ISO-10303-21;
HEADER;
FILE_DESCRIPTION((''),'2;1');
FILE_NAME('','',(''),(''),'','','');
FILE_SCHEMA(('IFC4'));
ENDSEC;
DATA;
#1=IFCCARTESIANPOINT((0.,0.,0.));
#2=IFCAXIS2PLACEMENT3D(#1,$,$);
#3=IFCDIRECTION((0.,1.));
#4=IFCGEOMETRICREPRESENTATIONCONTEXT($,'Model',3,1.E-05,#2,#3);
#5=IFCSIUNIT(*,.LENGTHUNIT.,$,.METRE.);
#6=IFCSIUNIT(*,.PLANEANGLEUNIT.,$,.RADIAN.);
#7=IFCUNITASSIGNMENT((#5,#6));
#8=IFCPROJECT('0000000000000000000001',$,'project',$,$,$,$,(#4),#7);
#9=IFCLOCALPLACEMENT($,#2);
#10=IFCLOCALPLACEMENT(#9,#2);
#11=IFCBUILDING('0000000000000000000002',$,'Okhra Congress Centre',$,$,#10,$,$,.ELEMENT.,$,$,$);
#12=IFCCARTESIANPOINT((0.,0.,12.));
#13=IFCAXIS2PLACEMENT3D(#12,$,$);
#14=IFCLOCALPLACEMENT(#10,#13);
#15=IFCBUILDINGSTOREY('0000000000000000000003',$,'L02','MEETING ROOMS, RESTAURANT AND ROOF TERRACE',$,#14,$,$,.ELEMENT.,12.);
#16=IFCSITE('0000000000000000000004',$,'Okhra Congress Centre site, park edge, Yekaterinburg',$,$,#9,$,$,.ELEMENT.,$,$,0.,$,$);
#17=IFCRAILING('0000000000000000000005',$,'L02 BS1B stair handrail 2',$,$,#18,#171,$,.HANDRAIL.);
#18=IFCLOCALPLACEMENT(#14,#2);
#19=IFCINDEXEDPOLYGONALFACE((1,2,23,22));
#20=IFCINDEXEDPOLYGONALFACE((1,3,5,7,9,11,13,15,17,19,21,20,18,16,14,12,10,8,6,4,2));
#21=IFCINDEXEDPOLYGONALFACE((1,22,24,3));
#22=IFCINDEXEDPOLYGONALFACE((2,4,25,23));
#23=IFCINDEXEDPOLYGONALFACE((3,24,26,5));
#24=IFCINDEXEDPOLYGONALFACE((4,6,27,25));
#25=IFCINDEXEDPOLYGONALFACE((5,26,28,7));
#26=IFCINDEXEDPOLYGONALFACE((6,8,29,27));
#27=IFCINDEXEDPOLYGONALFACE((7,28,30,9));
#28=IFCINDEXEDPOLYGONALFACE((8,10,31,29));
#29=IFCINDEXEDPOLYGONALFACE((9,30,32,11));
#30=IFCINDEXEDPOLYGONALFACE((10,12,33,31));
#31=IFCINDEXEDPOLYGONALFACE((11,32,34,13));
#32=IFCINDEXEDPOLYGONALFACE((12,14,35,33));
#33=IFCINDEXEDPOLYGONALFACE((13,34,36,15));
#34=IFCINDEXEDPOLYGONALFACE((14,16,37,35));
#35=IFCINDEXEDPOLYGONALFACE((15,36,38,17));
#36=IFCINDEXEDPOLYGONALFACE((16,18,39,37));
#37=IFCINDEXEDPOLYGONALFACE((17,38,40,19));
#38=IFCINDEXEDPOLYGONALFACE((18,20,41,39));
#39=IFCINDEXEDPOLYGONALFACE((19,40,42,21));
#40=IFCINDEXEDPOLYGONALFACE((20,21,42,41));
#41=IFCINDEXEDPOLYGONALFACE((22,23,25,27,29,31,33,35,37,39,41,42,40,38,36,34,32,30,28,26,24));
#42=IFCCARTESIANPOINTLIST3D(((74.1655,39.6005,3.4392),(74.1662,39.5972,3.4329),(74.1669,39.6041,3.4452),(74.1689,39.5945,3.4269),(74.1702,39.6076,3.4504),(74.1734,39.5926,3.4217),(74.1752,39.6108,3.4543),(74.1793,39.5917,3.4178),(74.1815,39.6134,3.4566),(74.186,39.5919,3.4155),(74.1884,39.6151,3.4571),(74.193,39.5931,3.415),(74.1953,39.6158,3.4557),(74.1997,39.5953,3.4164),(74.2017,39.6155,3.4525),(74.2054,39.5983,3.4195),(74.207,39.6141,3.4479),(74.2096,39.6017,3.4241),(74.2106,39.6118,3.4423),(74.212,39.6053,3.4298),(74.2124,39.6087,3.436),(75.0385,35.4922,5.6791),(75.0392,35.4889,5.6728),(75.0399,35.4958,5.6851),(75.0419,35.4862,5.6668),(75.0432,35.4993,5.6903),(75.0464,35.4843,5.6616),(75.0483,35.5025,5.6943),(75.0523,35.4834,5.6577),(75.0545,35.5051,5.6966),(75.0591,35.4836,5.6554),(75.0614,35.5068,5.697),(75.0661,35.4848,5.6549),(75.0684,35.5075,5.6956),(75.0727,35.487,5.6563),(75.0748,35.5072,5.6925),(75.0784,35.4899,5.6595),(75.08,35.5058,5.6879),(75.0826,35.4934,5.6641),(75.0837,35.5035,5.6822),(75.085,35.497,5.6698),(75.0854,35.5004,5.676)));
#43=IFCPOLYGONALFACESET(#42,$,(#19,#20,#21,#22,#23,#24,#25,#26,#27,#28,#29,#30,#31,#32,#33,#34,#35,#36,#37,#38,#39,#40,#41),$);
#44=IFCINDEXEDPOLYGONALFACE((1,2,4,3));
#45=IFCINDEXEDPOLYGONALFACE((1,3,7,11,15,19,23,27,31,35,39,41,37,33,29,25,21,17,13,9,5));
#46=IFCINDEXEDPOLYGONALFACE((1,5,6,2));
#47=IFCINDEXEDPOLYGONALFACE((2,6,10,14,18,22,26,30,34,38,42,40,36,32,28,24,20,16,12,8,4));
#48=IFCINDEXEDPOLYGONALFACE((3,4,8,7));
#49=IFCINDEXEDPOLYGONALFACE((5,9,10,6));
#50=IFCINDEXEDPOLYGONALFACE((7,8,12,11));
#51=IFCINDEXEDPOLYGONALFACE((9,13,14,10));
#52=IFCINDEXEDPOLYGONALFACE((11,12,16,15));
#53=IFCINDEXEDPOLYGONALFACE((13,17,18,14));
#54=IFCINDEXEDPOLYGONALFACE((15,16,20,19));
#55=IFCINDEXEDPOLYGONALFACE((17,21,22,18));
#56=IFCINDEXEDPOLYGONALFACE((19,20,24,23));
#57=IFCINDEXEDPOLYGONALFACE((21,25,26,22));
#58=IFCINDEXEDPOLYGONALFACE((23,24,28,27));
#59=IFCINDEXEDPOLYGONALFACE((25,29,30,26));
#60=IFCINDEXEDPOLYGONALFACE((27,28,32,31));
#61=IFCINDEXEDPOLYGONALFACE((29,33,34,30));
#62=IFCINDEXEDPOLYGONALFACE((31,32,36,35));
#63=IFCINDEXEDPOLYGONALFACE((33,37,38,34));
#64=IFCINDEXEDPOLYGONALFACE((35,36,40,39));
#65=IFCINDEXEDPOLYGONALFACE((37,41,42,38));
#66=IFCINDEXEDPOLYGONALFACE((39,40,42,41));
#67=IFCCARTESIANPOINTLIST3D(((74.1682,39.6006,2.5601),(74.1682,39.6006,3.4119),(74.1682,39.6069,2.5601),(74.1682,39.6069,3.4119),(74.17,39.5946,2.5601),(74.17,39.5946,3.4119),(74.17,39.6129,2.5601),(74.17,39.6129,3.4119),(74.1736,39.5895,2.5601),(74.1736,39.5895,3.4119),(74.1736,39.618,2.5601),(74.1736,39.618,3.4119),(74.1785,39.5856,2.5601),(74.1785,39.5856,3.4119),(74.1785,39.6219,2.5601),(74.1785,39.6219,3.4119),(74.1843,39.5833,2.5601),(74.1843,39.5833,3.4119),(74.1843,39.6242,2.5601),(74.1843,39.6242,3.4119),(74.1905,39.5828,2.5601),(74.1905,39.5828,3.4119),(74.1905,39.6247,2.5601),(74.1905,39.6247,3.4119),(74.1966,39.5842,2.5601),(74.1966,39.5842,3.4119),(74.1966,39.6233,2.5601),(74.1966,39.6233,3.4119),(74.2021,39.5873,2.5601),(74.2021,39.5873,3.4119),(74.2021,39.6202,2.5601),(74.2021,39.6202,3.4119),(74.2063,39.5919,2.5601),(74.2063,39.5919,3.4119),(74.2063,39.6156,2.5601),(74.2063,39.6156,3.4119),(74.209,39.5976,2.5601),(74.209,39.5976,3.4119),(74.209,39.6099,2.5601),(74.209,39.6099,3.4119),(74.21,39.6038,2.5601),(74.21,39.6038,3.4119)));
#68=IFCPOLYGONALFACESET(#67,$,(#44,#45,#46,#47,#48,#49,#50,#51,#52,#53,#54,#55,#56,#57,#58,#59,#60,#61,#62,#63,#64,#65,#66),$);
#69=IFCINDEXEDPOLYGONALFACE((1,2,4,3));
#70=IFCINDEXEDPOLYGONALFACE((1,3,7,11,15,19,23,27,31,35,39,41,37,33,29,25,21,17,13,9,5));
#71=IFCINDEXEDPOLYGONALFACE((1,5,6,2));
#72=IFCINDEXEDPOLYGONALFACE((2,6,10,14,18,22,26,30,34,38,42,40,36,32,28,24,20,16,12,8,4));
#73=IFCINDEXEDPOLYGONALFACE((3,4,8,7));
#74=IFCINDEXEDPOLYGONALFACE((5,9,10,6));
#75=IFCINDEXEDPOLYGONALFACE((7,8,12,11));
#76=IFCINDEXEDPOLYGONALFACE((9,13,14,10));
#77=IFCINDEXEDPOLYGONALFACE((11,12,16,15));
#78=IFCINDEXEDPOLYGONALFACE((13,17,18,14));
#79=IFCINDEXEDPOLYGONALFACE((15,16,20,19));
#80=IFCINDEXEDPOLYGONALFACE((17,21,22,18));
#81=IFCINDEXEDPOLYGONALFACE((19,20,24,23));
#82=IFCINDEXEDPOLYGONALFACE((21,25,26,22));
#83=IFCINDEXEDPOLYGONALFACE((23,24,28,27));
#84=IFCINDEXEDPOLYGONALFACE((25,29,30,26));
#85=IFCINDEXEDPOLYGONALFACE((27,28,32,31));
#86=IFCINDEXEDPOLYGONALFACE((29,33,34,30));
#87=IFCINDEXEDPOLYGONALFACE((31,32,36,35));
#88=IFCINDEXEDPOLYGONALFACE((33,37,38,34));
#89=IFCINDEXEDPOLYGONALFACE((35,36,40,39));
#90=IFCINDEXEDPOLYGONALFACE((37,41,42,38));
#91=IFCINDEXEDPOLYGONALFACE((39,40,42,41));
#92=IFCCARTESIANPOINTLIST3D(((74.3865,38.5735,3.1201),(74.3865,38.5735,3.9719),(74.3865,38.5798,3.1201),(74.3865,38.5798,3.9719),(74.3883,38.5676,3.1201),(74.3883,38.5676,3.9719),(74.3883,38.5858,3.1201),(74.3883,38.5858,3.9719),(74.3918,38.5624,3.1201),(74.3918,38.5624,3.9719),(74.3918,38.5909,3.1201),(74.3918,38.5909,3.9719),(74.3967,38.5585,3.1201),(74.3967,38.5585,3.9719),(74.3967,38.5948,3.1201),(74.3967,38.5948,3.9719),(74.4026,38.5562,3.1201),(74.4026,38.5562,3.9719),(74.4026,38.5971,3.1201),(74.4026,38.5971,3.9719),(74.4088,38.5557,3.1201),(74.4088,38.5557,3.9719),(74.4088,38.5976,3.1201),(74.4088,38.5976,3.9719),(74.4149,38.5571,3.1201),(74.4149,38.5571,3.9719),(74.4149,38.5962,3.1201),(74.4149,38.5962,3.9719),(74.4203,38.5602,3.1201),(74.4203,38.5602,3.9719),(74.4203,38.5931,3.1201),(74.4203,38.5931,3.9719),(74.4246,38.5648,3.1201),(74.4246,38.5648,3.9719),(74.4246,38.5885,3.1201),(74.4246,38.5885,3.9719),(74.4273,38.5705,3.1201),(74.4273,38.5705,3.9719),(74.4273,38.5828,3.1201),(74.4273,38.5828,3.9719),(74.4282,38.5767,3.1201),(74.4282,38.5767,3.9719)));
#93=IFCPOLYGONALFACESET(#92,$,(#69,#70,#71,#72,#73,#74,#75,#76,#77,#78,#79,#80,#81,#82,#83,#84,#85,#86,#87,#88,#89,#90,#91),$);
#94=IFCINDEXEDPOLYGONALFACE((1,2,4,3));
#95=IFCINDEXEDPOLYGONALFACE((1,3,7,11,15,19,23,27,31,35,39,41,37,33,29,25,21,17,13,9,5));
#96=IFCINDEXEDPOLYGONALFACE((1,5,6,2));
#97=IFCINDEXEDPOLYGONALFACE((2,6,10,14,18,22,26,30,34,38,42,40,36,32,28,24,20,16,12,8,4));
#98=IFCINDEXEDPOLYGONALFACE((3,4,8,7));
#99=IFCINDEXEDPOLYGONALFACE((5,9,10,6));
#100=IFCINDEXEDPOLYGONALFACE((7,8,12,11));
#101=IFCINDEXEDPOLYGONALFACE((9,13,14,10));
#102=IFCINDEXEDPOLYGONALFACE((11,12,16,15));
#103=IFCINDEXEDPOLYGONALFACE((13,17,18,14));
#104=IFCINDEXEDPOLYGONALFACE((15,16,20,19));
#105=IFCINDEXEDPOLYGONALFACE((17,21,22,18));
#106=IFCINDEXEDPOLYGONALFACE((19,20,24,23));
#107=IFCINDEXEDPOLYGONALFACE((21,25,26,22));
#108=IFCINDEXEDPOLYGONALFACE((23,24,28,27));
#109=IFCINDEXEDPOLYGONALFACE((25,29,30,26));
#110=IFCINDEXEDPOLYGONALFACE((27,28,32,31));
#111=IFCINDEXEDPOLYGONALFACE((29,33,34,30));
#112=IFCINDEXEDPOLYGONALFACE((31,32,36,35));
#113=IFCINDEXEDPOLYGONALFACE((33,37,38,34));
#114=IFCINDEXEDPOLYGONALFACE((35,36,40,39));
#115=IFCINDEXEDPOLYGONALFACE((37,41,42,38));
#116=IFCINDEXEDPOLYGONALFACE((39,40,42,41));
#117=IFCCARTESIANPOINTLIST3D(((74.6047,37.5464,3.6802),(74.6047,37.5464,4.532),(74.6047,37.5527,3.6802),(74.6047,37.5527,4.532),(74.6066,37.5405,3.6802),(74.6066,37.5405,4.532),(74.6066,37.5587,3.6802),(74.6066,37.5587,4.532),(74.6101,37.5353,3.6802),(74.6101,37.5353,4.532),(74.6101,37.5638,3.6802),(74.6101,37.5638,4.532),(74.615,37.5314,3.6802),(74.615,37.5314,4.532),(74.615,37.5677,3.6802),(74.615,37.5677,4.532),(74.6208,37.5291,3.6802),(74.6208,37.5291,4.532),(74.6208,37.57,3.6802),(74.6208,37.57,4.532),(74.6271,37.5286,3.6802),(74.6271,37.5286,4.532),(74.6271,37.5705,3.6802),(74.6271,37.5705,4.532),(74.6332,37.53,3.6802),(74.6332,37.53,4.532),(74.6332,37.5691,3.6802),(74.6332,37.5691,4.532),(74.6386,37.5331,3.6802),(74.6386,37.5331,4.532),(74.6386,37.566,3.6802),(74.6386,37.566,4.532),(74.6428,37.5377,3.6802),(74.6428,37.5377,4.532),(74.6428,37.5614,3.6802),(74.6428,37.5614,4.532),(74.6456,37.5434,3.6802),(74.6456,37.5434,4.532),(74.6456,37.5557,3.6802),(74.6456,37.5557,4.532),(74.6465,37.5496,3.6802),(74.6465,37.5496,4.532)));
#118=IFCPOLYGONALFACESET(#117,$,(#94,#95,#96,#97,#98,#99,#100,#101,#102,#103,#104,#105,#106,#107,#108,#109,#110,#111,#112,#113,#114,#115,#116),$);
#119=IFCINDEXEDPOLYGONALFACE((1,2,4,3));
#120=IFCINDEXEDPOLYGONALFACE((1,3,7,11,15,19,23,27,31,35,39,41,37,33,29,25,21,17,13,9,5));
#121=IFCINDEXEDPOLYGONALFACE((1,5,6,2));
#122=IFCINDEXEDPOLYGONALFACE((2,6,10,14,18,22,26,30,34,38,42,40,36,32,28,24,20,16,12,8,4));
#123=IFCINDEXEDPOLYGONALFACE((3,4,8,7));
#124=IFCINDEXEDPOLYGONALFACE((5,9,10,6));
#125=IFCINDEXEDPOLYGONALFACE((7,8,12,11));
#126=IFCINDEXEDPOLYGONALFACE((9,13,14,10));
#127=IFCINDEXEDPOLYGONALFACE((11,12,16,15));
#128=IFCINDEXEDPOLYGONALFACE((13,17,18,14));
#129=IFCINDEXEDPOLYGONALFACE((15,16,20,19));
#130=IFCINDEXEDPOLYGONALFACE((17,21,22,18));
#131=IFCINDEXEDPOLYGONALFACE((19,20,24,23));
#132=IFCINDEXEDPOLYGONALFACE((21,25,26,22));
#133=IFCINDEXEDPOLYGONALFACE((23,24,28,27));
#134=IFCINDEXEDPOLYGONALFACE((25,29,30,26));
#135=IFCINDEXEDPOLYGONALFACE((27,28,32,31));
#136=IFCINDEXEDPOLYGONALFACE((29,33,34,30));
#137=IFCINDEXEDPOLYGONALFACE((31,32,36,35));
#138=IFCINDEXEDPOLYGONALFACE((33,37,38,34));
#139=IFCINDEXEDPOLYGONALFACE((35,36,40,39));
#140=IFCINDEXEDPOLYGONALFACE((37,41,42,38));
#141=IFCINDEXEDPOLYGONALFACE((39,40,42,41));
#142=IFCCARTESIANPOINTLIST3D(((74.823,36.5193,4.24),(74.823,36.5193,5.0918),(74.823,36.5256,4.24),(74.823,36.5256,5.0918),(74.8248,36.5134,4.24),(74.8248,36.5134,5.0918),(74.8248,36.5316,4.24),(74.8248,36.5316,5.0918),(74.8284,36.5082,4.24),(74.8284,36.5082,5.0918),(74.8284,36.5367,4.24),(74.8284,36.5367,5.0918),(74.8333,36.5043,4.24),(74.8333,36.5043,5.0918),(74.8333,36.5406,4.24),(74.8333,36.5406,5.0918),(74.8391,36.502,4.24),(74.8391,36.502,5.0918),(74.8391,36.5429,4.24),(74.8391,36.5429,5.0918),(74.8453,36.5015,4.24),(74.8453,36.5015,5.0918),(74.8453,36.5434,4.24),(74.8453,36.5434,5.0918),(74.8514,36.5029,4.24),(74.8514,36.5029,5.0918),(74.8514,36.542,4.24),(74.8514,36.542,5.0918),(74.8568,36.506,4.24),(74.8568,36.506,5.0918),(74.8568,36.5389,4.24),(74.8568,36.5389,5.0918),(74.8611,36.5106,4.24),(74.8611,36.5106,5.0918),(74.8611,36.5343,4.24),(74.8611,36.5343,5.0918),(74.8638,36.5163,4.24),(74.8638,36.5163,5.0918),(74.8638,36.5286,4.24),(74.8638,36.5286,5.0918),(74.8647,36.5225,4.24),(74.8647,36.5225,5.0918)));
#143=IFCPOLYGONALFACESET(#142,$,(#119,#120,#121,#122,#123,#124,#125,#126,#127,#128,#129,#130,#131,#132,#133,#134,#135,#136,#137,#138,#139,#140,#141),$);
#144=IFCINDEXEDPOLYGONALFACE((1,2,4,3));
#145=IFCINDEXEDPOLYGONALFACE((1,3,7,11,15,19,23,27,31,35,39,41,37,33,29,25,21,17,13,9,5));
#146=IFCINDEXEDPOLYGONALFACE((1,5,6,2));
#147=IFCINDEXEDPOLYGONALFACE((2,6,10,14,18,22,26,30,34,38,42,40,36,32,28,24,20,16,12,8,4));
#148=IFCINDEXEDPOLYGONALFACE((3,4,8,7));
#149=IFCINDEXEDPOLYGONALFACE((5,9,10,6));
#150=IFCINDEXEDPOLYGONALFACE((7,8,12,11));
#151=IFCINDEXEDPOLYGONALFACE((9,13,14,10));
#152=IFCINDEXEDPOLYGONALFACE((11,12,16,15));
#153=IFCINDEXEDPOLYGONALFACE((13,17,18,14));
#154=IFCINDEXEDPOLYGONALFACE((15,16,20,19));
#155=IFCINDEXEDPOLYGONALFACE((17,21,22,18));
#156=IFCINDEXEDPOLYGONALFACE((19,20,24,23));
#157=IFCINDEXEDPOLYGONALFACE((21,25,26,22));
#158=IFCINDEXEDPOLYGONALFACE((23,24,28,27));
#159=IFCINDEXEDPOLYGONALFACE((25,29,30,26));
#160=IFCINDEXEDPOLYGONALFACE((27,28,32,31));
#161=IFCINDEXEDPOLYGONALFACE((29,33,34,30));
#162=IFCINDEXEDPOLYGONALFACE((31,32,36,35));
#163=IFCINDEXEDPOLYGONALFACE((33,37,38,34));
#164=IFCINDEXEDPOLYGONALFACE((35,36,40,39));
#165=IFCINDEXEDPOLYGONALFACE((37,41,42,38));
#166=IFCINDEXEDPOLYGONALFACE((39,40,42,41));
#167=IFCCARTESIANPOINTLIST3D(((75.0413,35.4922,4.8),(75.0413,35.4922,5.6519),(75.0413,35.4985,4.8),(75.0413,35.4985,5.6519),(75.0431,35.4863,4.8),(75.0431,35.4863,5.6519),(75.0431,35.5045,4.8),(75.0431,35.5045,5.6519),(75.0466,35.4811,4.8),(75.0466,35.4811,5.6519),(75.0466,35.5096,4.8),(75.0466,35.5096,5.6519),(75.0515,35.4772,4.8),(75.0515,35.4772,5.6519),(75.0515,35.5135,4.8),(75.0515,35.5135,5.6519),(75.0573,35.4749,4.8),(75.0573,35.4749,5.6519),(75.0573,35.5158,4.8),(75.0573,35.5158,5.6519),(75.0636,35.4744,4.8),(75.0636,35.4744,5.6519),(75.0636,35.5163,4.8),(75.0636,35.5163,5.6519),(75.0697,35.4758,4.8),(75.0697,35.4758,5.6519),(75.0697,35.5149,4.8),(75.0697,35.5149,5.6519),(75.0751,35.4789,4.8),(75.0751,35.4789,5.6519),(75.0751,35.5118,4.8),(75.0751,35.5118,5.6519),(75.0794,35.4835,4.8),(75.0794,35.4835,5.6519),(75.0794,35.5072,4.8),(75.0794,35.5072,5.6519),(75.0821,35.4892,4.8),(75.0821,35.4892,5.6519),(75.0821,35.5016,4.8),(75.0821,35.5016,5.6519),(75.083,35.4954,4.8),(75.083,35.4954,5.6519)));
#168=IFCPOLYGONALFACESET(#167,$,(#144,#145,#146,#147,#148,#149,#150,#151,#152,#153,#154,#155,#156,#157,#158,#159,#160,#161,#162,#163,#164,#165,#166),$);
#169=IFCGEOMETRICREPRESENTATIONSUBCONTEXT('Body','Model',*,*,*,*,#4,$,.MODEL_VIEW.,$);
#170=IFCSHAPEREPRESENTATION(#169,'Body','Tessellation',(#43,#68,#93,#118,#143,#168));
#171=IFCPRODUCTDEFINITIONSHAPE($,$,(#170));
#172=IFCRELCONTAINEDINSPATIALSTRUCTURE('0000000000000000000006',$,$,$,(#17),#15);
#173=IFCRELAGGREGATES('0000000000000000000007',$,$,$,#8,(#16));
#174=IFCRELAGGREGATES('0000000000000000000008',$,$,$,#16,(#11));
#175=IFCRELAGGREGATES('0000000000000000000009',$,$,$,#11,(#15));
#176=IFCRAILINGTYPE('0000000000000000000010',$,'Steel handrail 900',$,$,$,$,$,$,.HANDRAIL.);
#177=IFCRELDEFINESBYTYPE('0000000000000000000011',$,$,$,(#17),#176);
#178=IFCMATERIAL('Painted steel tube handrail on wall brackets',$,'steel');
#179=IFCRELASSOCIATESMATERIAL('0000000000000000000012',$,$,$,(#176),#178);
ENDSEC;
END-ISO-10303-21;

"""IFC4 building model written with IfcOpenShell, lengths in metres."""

from ifc_helpers import new_model, si_unit, direction, frame, origin, origin_2d, place, context, subcontext, project, spatial, circle, extrude, material, type_object, element, save


model = new_model("IFC4")

# Units and contexts
model_context = context("Model", 3, precision=1e-05, world=origin(), true_north=direction((0.0, 1.0)))
body_context = subcontext(model_context, "Body", "Model", "MODEL_VIEW")
ifc_project = project(units=[si_unit("LENGTHUNIT", "METRE"), si_unit("PLANEANGLEUNIT", "RADIAN")], contexts=[model_context])

# Site, building, storey
site_placement = place(None, origin())
site = spatial("IfcSite", under=ifc_project, at=site_placement, Name="Okhra Congress Centre site, park edge, Yekaterinburg", CompositionType="ELEMENT", RefElevation=0.0)
building_placement = place(site_placement, origin())
building = spatial("IfcBuilding", under=site, at=building_placement, Name="Okhra Congress Centre", CompositionType="ELEMENT")
storey_placement = place(building_placement, frame((0.0, 0.0, 12.0)))
storey = spatial("IfcBuildingStorey", under=building, at=storey_placement, Name="L02", Description="MEETING ROOMS, RESTAURANT AND ROOF TERRACE", CompositionType="ELEMENT", Elevation=12.0)

# Railing
ifc_material_1 = material(Name="Painted steel tube handrail on wall brackets", Category="steel")
railing_type_1 = type_object("IfcRailingType", Name="Steel handrail 900", PredefinedType="HANDRAIL", material=ifc_material_1)
railing_1_placement = place(storey_placement, frame((74.189, 39.6038, 2.5601)))
element("IfcRailing", 1, at=railing_1_placement, inside=storey, type_object=railing_type_1, Name="L02 BS1B stair handrail 2", PredefinedType="HANDRAIL", context=body_context, shape_type="SweptSolid", body=[
    extrude(circle(Radius=0.0239, at=origin_2d()), frame((0.0, 0.0, 0.876), z_axis=(0.183409, -0.863088, 0.470575), x_axis=(0.978158, 0.207862, 0.0)), (0.0, 0.0, 1.0), 4.76),
    extrude(circle(Radius=0.021, at=origin_2d()), origin(), (0.0, 0.0, 1.0), 0.8518),
    extrude(circle(Radius=0.021, at=origin_2d()), frame((0.2183, -1.0271, 0.5601)), (0.0, 0.0, 1.0), 0.8518),
    extrude(circle(Radius=0.021, at=origin_2d()), frame((0.4365, -2.0542, 1.1201)), (0.0, 0.0, 1.0), 0.8518),
    extrude(circle(Radius=0.021, at=origin_2d()), frame((0.6548, -3.0813, 1.6799)), (0.0, 0.0, 1.0), 0.8518),
    extrude(circle(Radius=0.021, at=origin_2d()), frame((0.873, -4.1084, 2.24)), (0.0, 0.0, 1.0), 0.8518),
])

save(model, "model.ifc")
